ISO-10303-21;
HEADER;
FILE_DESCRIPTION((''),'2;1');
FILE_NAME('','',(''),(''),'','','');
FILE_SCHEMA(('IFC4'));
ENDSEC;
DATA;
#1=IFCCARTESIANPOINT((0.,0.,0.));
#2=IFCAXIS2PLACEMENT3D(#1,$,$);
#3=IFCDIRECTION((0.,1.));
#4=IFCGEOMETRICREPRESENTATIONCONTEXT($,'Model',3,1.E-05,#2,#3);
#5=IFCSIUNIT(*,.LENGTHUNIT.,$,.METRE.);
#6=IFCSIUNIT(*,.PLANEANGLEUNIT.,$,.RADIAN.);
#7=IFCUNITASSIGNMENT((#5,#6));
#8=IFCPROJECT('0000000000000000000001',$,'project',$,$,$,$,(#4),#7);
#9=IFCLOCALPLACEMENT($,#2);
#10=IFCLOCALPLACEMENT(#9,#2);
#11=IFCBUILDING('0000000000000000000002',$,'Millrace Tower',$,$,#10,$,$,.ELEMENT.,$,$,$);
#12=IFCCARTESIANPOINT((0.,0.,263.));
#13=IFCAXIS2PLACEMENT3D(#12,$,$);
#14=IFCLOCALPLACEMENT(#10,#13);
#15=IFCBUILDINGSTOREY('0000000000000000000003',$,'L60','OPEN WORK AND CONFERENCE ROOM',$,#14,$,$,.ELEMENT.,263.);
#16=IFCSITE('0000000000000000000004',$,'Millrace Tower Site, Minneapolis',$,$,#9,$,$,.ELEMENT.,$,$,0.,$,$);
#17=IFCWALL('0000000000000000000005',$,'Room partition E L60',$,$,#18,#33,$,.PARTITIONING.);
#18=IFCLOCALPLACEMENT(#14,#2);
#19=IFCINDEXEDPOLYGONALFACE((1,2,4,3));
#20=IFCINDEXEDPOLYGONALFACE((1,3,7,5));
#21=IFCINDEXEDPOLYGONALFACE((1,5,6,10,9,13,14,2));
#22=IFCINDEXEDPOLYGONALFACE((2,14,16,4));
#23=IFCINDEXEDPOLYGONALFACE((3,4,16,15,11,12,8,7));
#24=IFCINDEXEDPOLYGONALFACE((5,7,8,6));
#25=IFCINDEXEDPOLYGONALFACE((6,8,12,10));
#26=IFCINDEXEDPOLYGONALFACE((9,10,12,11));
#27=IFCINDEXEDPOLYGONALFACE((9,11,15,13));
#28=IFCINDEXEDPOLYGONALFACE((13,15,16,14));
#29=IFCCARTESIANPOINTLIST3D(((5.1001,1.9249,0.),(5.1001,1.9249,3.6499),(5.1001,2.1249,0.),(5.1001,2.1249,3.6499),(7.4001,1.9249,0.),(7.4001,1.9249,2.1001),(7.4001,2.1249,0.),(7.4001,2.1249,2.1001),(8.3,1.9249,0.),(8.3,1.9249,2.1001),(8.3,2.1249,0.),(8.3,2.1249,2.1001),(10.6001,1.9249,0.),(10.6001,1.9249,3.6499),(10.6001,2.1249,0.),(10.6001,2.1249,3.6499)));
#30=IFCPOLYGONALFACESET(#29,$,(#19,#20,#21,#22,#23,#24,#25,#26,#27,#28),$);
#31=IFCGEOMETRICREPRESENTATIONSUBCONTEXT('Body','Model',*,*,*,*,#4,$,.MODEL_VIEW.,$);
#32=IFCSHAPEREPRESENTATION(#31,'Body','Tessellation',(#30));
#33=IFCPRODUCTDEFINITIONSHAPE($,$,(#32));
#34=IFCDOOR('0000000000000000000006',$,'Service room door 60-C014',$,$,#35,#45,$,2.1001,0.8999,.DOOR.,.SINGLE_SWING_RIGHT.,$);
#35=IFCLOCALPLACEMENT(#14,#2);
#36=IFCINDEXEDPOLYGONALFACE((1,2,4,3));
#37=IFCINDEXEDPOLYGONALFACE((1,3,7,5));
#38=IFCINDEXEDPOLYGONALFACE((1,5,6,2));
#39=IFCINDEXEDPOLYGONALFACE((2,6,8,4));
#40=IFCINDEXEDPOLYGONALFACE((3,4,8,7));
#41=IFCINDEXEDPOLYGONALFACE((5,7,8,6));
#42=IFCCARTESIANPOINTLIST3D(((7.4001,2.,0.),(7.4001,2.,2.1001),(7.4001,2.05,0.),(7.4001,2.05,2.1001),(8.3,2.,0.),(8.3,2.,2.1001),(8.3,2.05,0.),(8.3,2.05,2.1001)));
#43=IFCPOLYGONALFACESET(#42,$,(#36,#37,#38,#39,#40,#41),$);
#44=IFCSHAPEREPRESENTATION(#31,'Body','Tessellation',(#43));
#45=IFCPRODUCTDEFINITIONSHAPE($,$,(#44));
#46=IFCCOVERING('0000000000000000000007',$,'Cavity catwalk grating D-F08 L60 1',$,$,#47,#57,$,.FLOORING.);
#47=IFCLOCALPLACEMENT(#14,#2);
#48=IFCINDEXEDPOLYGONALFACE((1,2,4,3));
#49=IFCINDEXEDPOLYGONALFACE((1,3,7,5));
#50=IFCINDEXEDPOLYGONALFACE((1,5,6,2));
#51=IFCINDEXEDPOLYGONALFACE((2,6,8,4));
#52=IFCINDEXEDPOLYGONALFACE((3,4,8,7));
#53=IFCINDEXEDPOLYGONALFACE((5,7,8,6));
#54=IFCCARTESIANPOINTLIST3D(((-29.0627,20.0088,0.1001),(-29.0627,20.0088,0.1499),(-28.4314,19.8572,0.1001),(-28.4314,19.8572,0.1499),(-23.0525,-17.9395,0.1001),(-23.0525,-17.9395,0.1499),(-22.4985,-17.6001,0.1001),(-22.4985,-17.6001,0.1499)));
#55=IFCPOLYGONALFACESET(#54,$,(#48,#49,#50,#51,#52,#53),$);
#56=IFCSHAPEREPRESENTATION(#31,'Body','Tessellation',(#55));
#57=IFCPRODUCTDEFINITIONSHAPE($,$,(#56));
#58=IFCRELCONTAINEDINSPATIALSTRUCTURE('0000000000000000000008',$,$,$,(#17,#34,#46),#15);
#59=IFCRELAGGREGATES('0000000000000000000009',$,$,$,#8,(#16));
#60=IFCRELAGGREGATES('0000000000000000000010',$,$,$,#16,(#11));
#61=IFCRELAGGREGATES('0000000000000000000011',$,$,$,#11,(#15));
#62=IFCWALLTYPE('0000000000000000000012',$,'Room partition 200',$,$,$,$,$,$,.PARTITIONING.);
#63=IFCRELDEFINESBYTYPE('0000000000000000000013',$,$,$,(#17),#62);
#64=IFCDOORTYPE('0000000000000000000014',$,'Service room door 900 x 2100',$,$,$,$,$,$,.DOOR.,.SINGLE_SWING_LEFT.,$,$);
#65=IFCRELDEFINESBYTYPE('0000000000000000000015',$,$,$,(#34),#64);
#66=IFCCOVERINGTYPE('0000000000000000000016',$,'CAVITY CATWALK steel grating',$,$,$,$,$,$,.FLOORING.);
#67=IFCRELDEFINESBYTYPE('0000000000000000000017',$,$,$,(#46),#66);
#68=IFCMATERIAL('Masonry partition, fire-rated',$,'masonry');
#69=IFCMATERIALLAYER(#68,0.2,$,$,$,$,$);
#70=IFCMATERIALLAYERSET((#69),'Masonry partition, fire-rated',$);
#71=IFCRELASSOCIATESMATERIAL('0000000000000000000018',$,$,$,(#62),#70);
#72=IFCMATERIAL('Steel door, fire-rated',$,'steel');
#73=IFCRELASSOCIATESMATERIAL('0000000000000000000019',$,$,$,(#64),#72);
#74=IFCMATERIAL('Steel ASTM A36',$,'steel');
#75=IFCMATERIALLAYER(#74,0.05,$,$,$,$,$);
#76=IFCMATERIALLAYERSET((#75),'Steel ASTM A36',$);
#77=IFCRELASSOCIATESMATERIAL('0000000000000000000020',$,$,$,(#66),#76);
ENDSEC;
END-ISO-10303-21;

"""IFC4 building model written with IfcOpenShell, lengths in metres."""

from ifc_helpers import new_model, si_unit, direction, frame, frame_2d, origin, place, context, subcontext, project, spatial, polyline, rectangle, outline, extrude, material, layer, layer_set, type_object, element, fill, save


model = new_model("IFC4")

# Units and contexts
model_context = context("Model", 3, precision=1e-05, world=origin(), true_north=direction((0.0, 1.0)))
body_context = subcontext(model_context, "Body", "Model", "MODEL_VIEW")
ifc_project = project(units=[si_unit("LENGTHUNIT", "METRE"), si_unit("PLANEANGLEUNIT", "RADIAN")], contexts=[model_context])

# Site, building, storey
site_placement = place(None, origin())
site = spatial("IfcSite", under=ifc_project, at=site_placement, Name="Millrace Tower Site, Minneapolis", CompositionType="ELEMENT", RefElevation=0.0)
building_placement = place(site_placement, origin())
building = spatial("IfcBuilding", under=site, at=building_placement, Name="Millrace Tower", CompositionType="ELEMENT")
storey_placement = place(building_placement, frame((0.0, 0.0, 263.0)))
storey = spatial("IfcBuildingStorey", under=building, at=storey_placement, Name="L60", Description="OPEN WORK AND CONFERENCE ROOM", CompositionType="ELEMENT", Elevation=263.0)

# Wall, opening, door
ifc_material_1 = material(Name="Masonry partition, fire-rated", Category="masonry")
ifc_layer_1 = layer(ifc_material_1, 0.2)
ifc_layer_set_1 = layer_set([ifc_layer_1], Name="Masonry partition, fire-rated")
wall_type_1 = type_object("IfcWallType", Name="Room partition 200", PredefinedType="PARTITIONING", material=ifc_layer_set_1)
wall_1_placement = place(storey_placement, frame((10.6001, 2.0249, 0.0), z_axis=(0.0, 0.0, 1.0), x_axis=(-1.0, 0.0, 0.0)))
wall_1 = element("IfcWall", 1, at=wall_1_placement, inside=storey, type_object=wall_type_1, Name="Room partition E L60", PredefinedType="PARTITIONING", context=body_context, shape_type="SweptSolid", body=[
    extrude(rectangle(XDim=5.5, YDim=0.2, at=frame_2d((2.75, 0.0))), origin(), (0.0, 0.0, 1.0), 3.6499),
])
opening_1_placement = place(wall_1_placement, frame((2.3, 0.0, 0.0)))
opening_1 = element("IfcOpeningElement", 2, at=opening_1_placement, cuts=wall_1, PredefinedType="OPENING", context=body_context, shape_type="SweptSolid", body=[
    extrude(rectangle(XDim=0.8999, YDim=2.1001, at=frame_2d((0.45, 1.05))), frame((0.0, 0.1099, 0.0), z_axis=(0.0, -1.0, 0.0), x_axis=(1.0, 0.0, 0.0)), (0.0, 0.0, 1.0), 0.22),
])
ifc_material_2 = material(Name="Steel door, fire-rated", Category="steel")
door_type_1 = type_object("IfcDoorType", Name="Service room door 900 x 2100", OperationType="SINGLE_SWING_LEFT", PredefinedType="DOOR", material=ifc_material_2)
door_1_placement = place(opening_1_placement, origin())
door_1 = element("IfcDoor", 3, at=door_1_placement, inside=storey, type_object=door_type_1, Name="Service room door 60-C014", OperationType="SINGLE_SWING_RIGHT", OverallHeight=2.1001, OverallWidth=0.8999, PredefinedType="DOOR", context=body_context, shape_type="SweptSolid", body=[
    extrude(rectangle(XDim=0.8999, YDim=2.1001, at=frame_2d((0.45, 1.05))), frame((0.0, 0.0249, 0.0), z_axis=(0.0, -1.0, 0.0), x_axis=(1.0, 0.0, 0.0)), (0.0, 0.0, 1.0), 0.05),
])
fill(opening_1, door_1)

# Covering
ifc_material_3 = material(Name="Steel ASTM A36", Category="steel")
ifc_layer_2 = layer(ifc_material_3, 0.05)
ifc_layer_set_2 = layer_set([ifc_layer_2], Name="Steel ASTM A36")
covering_type = type_object("IfcCoveringType", Name="CAVITY CATWALK steel grating", PredefinedType="FLOORING", material=ifc_layer_set_2)
covering_placement = place(storey_placement, frame((0.0, 0.0, 0.1001)))
element("IfcCovering", 4, at=covering_placement, inside=storey, type_object=covering_type, Name="Cavity catwalk grating D-F08 L60 1", PredefinedType="FLOORING", context=body_context, shape_type="SweptSolid", body=[
    extrude(outline(polyline([(-29.0627, 20.0088), (-23.0525, -17.9395), (-22.4985, -17.6001), (-28.4314, 19.8572), (-29.0627, 20.0088)])), origin(), (0.0, 0.0, 1.0), 0.0498),
])

save(model, "model.ifc")
